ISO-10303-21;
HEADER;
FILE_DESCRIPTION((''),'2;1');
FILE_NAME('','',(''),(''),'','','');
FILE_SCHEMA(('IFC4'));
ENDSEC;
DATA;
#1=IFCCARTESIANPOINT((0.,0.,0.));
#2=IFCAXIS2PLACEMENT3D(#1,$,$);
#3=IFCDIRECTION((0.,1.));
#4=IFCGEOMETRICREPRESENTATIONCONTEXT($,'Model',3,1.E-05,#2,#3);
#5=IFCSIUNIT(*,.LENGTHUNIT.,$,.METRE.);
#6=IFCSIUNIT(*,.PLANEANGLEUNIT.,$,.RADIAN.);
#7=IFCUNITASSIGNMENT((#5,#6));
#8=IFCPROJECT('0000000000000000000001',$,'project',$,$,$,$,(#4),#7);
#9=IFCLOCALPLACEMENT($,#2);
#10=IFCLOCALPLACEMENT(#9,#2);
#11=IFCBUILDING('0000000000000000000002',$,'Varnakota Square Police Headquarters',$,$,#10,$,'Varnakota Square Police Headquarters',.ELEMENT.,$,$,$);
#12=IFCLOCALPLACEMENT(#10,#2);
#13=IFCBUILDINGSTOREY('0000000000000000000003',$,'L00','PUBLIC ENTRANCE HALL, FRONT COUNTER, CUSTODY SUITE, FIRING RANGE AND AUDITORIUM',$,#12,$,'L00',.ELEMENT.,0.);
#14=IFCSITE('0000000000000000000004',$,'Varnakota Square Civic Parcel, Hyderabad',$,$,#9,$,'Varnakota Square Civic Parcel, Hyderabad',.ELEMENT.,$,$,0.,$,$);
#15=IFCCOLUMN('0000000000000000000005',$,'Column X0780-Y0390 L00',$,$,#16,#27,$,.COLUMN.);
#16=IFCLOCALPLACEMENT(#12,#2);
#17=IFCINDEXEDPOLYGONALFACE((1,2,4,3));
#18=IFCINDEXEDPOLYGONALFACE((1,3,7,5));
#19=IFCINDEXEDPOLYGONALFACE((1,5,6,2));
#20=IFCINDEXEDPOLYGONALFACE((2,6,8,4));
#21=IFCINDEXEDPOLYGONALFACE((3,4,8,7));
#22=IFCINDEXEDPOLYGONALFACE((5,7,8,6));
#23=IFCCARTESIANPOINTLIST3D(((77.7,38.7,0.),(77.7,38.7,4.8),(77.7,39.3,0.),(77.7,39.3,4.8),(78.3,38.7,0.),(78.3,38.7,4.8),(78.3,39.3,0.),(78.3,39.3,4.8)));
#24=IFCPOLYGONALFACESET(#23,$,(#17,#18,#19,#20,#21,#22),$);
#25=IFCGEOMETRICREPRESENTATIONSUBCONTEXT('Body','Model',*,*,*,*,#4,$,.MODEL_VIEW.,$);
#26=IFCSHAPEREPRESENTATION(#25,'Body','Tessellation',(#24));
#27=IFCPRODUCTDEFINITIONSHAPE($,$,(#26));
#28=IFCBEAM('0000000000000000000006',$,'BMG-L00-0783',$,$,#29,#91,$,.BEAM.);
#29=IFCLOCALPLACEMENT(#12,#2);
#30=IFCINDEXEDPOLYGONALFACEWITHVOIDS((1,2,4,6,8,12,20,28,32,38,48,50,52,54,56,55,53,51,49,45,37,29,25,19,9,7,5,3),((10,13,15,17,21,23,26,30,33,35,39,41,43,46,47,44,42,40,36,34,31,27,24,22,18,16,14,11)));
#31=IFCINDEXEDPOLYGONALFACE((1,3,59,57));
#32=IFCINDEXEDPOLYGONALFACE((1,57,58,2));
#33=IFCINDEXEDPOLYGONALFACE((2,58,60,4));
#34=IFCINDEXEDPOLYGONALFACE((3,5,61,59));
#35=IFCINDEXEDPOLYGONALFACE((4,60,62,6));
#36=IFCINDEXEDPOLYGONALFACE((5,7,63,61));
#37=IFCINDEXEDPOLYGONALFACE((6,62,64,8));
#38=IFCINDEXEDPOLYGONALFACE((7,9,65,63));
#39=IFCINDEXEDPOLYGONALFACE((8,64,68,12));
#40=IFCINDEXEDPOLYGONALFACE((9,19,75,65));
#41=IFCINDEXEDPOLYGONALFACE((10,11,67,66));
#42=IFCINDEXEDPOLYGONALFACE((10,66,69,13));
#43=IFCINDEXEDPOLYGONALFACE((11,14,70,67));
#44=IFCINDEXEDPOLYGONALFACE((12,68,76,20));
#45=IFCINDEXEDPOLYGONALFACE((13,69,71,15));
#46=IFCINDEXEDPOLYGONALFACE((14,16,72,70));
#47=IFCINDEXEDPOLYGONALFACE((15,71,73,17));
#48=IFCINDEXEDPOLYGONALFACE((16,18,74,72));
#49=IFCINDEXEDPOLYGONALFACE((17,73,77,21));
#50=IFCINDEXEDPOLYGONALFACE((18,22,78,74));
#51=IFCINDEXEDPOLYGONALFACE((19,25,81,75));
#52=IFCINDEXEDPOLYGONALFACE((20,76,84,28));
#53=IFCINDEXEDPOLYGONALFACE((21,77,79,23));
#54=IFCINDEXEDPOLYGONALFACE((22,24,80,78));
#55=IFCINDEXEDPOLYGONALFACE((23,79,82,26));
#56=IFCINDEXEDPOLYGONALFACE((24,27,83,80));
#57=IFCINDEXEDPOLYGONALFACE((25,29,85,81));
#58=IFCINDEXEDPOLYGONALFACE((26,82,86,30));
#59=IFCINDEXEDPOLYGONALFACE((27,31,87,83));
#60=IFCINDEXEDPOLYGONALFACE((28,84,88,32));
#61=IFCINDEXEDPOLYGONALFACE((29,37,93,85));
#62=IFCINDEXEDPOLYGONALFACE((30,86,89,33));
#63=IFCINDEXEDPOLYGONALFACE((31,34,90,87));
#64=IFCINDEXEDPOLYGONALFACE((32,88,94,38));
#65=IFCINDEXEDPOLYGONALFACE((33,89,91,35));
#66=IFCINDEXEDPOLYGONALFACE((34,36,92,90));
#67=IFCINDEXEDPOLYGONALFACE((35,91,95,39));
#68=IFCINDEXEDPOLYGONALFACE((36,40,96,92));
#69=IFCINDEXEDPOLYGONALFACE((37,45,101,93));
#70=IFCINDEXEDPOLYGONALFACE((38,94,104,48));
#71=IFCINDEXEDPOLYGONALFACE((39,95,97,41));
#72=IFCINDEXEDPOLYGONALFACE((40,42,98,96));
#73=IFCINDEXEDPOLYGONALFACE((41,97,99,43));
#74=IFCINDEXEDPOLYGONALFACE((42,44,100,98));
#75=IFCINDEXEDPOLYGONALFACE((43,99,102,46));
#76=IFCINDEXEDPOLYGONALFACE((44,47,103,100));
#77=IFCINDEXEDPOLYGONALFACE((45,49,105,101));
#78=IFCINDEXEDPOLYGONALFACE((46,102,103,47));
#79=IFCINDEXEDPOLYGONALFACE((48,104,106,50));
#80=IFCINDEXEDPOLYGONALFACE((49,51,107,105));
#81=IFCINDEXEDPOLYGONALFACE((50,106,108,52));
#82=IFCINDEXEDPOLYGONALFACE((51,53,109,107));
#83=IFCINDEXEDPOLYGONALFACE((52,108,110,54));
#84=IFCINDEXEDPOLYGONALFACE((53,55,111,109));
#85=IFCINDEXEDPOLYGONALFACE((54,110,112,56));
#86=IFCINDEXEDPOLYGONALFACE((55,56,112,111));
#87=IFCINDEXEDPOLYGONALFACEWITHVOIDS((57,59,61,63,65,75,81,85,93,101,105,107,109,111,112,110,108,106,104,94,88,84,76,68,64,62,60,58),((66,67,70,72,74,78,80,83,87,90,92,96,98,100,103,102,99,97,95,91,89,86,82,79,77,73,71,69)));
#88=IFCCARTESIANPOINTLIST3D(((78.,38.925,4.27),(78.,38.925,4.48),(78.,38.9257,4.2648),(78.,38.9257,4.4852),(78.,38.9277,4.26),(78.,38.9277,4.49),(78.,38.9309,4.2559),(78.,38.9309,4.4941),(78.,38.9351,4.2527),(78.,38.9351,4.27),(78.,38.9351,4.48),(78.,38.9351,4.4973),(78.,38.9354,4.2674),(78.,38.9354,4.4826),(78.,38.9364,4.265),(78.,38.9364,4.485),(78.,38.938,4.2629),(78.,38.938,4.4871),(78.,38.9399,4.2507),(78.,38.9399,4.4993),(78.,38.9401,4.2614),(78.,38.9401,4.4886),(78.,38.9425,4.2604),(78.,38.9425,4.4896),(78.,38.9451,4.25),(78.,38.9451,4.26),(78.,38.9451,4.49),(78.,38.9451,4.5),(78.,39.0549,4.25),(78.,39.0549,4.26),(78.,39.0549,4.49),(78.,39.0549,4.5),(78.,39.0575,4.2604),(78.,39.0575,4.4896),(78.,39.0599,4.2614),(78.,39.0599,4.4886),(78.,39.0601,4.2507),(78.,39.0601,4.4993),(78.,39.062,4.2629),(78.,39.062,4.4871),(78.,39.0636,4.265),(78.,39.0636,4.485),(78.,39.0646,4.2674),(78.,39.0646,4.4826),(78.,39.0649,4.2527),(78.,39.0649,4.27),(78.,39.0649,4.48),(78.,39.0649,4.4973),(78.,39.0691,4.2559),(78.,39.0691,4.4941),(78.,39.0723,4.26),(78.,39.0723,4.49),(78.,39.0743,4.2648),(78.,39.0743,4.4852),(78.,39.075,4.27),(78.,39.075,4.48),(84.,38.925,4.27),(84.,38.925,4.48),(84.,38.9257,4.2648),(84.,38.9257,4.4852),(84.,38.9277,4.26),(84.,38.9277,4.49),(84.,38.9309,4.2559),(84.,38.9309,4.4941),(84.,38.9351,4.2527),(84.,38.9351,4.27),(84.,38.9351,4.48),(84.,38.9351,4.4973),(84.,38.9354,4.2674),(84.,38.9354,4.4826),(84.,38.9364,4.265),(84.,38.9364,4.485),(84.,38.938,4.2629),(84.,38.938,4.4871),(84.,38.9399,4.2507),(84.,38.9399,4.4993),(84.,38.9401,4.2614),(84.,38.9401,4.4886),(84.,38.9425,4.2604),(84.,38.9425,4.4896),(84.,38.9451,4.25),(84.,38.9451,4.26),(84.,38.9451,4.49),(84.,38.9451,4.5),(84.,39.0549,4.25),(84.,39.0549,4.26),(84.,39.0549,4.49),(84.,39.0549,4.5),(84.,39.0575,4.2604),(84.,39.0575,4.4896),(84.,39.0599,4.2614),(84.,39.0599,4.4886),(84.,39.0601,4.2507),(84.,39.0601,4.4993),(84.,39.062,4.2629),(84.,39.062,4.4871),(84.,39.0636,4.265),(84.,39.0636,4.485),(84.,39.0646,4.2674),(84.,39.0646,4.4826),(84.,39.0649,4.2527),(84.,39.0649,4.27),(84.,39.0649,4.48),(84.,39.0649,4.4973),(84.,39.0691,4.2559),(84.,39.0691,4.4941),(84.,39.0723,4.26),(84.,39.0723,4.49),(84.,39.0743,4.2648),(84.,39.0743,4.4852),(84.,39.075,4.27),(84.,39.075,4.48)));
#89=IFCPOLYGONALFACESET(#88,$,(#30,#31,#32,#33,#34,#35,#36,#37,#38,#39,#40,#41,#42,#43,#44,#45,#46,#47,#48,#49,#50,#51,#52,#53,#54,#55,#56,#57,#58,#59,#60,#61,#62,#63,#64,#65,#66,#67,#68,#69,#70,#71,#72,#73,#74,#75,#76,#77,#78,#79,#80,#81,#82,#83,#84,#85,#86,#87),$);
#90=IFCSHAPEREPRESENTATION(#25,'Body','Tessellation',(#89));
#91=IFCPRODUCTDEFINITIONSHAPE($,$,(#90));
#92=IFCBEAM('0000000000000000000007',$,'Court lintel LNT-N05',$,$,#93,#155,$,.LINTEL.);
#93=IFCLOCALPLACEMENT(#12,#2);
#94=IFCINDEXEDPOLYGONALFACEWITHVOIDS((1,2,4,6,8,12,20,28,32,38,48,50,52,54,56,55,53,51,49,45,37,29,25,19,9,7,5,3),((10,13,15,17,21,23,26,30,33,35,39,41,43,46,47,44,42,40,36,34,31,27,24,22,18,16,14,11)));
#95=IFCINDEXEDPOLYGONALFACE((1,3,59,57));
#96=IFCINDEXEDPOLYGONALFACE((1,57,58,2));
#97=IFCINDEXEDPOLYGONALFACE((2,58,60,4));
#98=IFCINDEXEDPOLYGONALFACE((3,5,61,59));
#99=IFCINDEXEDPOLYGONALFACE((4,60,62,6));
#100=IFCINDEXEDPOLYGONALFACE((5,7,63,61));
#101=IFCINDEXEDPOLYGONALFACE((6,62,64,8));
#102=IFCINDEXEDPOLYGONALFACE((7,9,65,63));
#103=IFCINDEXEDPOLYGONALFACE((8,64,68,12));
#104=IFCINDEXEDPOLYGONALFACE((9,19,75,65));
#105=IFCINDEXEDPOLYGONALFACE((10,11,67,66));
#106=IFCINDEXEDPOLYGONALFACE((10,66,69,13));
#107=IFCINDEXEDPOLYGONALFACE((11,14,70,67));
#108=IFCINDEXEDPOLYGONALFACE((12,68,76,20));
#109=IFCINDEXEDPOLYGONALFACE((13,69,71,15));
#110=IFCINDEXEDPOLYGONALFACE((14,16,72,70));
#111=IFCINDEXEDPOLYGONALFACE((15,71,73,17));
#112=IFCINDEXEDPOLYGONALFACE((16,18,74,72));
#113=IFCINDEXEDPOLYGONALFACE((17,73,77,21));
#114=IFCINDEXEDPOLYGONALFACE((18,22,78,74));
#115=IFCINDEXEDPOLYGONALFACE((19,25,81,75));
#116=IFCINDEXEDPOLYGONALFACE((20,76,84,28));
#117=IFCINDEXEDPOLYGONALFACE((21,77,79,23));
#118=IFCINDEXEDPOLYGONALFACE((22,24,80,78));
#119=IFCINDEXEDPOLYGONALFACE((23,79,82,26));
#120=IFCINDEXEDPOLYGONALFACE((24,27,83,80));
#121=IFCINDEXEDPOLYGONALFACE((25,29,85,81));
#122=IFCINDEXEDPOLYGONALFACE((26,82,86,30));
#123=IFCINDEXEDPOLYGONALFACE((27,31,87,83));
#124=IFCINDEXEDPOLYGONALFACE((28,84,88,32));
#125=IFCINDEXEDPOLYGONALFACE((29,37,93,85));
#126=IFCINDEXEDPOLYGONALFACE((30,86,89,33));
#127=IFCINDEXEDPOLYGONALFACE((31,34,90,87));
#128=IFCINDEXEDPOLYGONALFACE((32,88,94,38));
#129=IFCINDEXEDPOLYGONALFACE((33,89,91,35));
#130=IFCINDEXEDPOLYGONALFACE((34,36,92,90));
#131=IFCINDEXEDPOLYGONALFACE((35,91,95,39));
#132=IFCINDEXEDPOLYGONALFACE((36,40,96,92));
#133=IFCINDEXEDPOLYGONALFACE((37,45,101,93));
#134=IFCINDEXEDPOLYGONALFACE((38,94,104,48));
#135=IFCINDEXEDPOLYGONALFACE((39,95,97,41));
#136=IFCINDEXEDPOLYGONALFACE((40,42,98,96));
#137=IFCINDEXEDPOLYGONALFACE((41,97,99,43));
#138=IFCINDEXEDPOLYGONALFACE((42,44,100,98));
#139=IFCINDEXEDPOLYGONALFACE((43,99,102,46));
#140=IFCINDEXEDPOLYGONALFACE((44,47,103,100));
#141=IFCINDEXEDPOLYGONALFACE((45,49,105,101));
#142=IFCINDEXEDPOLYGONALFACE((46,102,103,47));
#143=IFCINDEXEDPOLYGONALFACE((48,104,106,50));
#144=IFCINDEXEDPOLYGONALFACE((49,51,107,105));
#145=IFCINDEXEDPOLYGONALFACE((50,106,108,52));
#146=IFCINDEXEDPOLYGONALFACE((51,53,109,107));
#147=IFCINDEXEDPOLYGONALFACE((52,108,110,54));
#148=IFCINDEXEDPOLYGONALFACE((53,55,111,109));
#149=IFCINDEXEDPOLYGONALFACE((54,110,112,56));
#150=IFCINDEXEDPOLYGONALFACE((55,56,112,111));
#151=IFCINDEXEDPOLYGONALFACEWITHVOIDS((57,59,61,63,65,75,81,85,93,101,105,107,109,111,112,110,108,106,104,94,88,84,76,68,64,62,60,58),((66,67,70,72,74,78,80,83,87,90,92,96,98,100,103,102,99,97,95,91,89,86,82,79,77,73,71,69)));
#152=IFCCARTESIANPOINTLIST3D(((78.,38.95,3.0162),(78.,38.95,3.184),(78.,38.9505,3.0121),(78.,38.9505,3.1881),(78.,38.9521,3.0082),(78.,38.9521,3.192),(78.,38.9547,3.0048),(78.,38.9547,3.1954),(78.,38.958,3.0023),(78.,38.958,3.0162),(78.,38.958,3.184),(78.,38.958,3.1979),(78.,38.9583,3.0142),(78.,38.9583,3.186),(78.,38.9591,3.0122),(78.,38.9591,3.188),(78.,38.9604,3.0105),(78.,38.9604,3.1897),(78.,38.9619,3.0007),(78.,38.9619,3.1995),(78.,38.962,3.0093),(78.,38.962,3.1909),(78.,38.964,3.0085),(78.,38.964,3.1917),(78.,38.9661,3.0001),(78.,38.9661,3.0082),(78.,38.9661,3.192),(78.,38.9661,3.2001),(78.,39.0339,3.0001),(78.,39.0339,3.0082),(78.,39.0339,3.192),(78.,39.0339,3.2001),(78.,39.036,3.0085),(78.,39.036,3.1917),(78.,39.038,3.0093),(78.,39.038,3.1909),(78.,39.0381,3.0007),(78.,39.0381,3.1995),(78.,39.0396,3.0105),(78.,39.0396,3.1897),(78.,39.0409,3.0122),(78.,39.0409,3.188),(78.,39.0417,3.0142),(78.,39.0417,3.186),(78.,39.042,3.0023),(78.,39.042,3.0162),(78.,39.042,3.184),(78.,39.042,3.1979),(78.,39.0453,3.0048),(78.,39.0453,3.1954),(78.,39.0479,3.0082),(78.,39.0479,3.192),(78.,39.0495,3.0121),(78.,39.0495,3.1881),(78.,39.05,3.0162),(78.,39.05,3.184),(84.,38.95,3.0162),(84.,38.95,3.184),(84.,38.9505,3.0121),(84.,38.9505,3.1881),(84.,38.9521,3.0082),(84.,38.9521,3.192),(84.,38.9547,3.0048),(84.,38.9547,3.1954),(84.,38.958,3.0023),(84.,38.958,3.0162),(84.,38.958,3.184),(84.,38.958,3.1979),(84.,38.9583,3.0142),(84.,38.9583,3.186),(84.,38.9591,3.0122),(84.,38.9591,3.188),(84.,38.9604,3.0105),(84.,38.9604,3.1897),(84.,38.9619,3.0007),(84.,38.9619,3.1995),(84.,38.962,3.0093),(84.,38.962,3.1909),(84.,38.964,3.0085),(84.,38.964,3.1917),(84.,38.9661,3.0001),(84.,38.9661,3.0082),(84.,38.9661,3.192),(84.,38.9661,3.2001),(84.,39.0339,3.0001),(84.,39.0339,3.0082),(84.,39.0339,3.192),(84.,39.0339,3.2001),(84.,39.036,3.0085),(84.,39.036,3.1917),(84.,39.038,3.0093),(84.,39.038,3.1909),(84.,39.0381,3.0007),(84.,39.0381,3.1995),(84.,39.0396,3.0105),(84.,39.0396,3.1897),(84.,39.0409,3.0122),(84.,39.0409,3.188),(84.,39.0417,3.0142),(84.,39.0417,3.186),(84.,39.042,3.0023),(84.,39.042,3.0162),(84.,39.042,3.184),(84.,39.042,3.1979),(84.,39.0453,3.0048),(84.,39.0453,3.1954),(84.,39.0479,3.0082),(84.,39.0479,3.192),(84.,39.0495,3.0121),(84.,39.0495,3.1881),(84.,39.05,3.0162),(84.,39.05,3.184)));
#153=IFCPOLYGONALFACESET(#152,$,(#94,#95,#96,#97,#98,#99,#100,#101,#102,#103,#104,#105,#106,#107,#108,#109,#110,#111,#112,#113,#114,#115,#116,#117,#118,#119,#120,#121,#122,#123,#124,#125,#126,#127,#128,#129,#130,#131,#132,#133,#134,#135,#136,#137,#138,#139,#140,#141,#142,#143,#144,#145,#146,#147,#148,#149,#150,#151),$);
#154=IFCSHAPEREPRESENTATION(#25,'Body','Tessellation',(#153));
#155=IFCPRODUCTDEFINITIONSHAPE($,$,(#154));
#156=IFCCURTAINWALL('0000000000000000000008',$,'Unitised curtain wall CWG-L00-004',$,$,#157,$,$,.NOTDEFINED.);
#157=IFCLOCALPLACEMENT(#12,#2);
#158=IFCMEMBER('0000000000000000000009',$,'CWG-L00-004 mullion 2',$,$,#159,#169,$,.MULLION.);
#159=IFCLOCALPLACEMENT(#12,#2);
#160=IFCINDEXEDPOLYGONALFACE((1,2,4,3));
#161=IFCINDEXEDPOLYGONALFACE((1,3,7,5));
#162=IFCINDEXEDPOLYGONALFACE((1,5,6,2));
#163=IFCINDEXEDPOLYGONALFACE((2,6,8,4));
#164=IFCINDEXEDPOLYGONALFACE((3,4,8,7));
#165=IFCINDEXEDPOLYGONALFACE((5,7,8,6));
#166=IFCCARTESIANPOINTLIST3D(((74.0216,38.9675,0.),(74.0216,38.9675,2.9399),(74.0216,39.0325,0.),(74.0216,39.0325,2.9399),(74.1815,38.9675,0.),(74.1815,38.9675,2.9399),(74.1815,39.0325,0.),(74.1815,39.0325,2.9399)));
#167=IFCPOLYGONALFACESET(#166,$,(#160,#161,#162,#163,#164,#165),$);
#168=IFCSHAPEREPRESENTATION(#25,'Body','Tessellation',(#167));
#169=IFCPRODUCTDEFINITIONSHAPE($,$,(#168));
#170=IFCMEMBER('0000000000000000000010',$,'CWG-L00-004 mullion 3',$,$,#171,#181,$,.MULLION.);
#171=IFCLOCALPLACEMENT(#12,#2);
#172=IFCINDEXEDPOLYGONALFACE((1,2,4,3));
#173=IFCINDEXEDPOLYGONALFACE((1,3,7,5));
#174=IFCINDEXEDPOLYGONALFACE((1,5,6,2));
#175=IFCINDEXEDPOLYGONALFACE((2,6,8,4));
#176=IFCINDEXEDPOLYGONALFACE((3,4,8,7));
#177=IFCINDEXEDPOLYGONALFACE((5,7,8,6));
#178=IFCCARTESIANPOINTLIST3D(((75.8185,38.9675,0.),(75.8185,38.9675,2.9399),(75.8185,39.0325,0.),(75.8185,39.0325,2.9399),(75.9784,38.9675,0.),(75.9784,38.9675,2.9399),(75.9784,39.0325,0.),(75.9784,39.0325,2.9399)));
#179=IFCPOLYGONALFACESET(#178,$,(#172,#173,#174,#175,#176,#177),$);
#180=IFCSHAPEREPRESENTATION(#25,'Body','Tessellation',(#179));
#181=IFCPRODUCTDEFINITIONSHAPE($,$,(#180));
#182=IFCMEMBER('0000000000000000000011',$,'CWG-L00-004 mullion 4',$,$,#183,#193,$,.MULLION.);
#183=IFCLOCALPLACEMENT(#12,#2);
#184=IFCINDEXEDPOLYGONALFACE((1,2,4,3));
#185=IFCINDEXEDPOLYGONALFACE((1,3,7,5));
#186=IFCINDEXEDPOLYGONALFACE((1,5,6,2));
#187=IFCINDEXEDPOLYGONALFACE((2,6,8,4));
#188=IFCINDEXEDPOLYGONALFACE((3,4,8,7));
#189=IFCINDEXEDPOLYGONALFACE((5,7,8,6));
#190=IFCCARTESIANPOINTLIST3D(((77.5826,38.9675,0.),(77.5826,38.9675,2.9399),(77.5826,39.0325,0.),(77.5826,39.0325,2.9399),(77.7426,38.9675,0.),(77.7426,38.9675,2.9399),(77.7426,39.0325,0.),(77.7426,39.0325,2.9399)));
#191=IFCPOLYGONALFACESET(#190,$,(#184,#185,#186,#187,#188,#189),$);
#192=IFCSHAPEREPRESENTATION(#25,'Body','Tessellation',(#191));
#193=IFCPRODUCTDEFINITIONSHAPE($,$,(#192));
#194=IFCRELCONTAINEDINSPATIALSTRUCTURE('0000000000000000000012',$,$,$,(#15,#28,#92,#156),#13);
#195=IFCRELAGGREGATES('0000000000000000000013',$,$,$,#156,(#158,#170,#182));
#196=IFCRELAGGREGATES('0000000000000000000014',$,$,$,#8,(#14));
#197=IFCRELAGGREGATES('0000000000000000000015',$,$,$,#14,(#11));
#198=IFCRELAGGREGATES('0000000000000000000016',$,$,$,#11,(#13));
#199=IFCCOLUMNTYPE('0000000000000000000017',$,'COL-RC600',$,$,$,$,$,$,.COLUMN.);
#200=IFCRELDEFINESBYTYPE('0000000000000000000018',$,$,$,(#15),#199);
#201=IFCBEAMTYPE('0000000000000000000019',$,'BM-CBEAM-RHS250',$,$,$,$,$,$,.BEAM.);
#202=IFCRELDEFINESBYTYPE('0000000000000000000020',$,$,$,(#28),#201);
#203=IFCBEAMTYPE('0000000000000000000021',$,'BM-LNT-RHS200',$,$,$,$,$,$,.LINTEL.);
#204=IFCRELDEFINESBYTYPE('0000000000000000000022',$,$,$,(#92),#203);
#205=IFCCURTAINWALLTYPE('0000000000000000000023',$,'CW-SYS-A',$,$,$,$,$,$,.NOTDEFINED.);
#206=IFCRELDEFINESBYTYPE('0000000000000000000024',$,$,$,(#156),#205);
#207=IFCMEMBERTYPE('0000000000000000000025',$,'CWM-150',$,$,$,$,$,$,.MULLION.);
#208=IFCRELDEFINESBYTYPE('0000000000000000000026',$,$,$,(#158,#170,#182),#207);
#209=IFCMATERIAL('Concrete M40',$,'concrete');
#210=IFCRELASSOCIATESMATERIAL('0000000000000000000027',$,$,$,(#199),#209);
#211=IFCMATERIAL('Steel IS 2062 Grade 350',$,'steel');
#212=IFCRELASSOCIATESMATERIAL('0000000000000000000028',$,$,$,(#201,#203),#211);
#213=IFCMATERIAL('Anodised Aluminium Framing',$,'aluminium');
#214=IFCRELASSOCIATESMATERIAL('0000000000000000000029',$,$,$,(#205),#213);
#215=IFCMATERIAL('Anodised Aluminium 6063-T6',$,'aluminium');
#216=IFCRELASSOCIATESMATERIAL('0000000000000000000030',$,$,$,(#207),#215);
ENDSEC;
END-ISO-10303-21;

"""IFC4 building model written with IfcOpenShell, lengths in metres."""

from ifc_helpers import new_model, si_unit, direction, frame, origin, origin_2d, place, context, subcontext, project, spatial, rectangle, hollow_rectangle, extrude, material, material_profile, profile_set, type_object, element, aggregate, save


model = new_model("IFC4")

# Units and contexts
model_context = context("Model", 3, precision=1e-05, world=origin(), true_north=direction((0.0, 1.0)))
body_context = subcontext(model_context, "Body", "Model", "MODEL_VIEW")
ifc_project = project(units=[si_unit("LENGTHUNIT", "METRE"), si_unit("PLANEANGLEUNIT", "RADIAN")], contexts=[model_context])

# Site, building, storey
site_placement = place(None, origin())
site = spatial("IfcSite", under=ifc_project, at=site_placement, Name="Varnakota Square Civic Parcel, Hyderabad", LongName="Varnakota Square Civic Parcel, Hyderabad", CompositionType="ELEMENT", RefElevation=0.0)
building_placement = place(site_placement, origin())
building = spatial("IfcBuilding", under=site, at=building_placement, Name="Varnakota Square Police Headquarters", LongName="Varnakota Square Police Headquarters", CompositionType="ELEMENT")
storey_placement = place(building_placement, origin())
storey = spatial("IfcBuildingStorey", under=building, at=storey_placement, Name="L00", Description="PUBLIC ENTRANCE HALL, FRONT COUNTER, CUSTODY SUITE, FIRING RANGE AND AUDITORIUM", LongName="L00", CompositionType="ELEMENT", Elevation=0.0)

# Column
ifc_material_1 = material(Name="Concrete M40", Category="concrete")
ifc_material_profile_1 = material_profile(ifc_material_1, rectangle(XDim=0.6001, YDim=0.6001, at=origin_2d()), Name="RC 600x600")
ifc_profile_set_1 = profile_set([ifc_material_profile_1], Name="Concrete M40")
column_type = type_object("IfcColumnType", Name="COL-RC600", PredefinedType="COLUMN", material=ifc_profile_set_1)
column_placement = place(storey_placement, frame((78.0, 39.0, 0.0), z_axis=(0.0, 0.0, 1.0), x_axis=(1.0, 0.0, 0.0)))
element("IfcColumn", 1, at=column_placement, inside=storey, type_object=column_type, Name="Column X0780-Y0390 L00", PredefinedType="COLUMN", context=body_context, shape_type="SweptSolid", body=[
    extrude(rectangle(XDim=0.6001, YDim=0.6001, at=origin_2d()), origin(), (0.0, 0.0, 1.0), 4.8),
])

# Beams
ifc_material_2 = material(Name="Steel IS 2062 Grade 350", Category="steel")
ifc_material_profile_2 = material_profile(ifc_material_2, hollow_rectangle(XDim=0.1499, YDim=0.25, WallThickness=0.01, InnerFilletRadius=0.01, OuterFilletRadius=0.02, at=origin_2d()), Name="RHS 250x150x10")
ifc_profile_set_2 = profile_set([ifc_material_profile_2], Name="Steel IS 2062 Grade 350")
beam_type_1 = type_object("IfcBeamType", Name="BM-CBEAM-RHS250", PredefinedType="BEAM", material=ifc_profile_set_2)
beam_1_placement = place(storey_placement, frame((78.0, 39.0, 4.375), z_axis=(1.0, 0.0, 0.0), x_axis=(0.0, 1.0, 0.0)))
element("IfcBeam", 2, at=beam_1_placement, inside=storey, type_object=beam_type_1, Name="BMG-L00-0783", PredefinedType="BEAM", context=body_context, shape_type="SweptSolid", body=[
    extrude(hollow_rectangle(XDim=0.1499, YDim=0.25, WallThickness=0.01, InnerFilletRadius=0.01, OuterFilletRadius=0.02, at=origin_2d()), origin(), (0.0, 0.0, 1.0), 6.0),
])
ifc_material_profile_3 = material_profile(ifc_material_2, hollow_rectangle(XDim=0.1001, YDim=0.2, WallThickness=0.0081, InnerFilletRadius=0.0081, OuterFilletRadius=0.0161, at=origin_2d()), Name="RHS 200x100x8")
ifc_profile_set_3 = profile_set([ifc_material_profile_3], Name="Steel IS 2062 Grade 350")
beam_type_2 = type_object("IfcBeamType", Name="BM-LNT-RHS200", PredefinedType="LINTEL", material=ifc_profile_set_3)
beam_2_placement = place(storey_placement, frame((78.0, 39.0, 3.1001), z_axis=(1.0, 0.0, 0.0), x_axis=(0.0, 1.0, 0.0)))
element("IfcBeam", 3, at=beam_2_placement, inside=storey, type_object=beam_type_2, Name="Court lintel LNT-N05", PredefinedType="LINTEL", context=body_context, shape_type="SweptSolid", body=[
    extrude(hollow_rectangle(XDim=0.1001, YDim=0.2, WallThickness=0.0081, InnerFilletRadius=0.0081, OuterFilletRadius=0.0161, at=origin_2d()), origin(), (0.0, 0.0, 1.0), 6.0),
])

# Curtain wall, members
ifc_material_3 = material(Name="Anodised Aluminium Framing", Category="aluminium")
curtain_wall_type = type_object("IfcCurtainWallType", Name="CW-SYS-A", PredefinedType="NOTDEFINED", material=ifc_material_3)
curtain_wall_1_placement = place(storey_placement, origin())
curtain_wall_1 = element("IfcCurtainWall", 4, at=curtain_wall_1_placement, inside=storey, type_object=curtain_wall_type, Name="Unitised curtain wall CWG-L00-004", PredefinedType="NOTDEFINED")
ifc_material_4 = material(Name="Anodised Aluminium 6063-T6", Category="aluminium")
ifc_material_profile_4 = material_profile(ifc_material_4, rectangle(XDim=0.0649, YDim=0.1599, at=origin_2d()), Name="ALU MULLION 65x160")
ifc_profile_set_4 = profile_set([ifc_material_profile_4], Name="Anodised Aluminium 6063-T6")
member_type_1 = type_object("IfcMemberType", Name="CWM-150", PredefinedType="MULLION", material=ifc_profile_set_4)
member_1_placement = place(storey_placement, frame((74.1016, 39.0, 0.0), z_axis=(0.0, 0.0, 1.0), x_axis=(0.0, 1.0, 0.0)))
member_1 = element("IfcMember", 5, at=member_1_placement, type_object=member_type_1, Name="CWG-L00-004 mullion 2", PredefinedType="MULLION", context=body_context, shape_type="SweptSolid", body=[
    extrude(rectangle(XDim=0.0649, YDim=0.1599, at=origin_2d()), origin(), (0.0, 0.0, 1.0), 2.9399),
])
member_2_placement = place(storey_placement, frame((75.8984, 39.0, 0.0), z_axis=(0.0, 0.0, 1.0), x_axis=(0.0, 1.0, 0.0)))
member_2 = element("IfcMember", 6, at=member_2_placement, type_object=member_type_1, Name="CWG-L00-004 mullion 3", PredefinedType="MULLION", context=body_context, shape_type="SweptSolid", body=[
    extrude(rectangle(XDim=0.0649, YDim=0.1599, at=origin_2d()), origin(), (0.0, 0.0, 1.0), 2.9399),
])
member_3_placement = place(storey_placement, frame((77.6626, 39.0, 0.0), z_axis=(0.0, 0.0, 1.0), x_axis=(0.0, 1.0, 0.0)))
member_3 = element("IfcMember", 7, at=member_3_placement, type_object=member_type_1, Name="CWG-L00-004 mullion 4", PredefinedType="MULLION", context=body_context, shape_type="SweptSolid", body=[
    extrude(rectangle(XDim=0.0649, YDim=0.1599, at=origin_2d()), origin(), (0.0, 0.0, 1.0), 2.9399),
])

aggregate(curtain_wall_1, [member_1, member_2, member_3])

save(model, "model.ifc")
